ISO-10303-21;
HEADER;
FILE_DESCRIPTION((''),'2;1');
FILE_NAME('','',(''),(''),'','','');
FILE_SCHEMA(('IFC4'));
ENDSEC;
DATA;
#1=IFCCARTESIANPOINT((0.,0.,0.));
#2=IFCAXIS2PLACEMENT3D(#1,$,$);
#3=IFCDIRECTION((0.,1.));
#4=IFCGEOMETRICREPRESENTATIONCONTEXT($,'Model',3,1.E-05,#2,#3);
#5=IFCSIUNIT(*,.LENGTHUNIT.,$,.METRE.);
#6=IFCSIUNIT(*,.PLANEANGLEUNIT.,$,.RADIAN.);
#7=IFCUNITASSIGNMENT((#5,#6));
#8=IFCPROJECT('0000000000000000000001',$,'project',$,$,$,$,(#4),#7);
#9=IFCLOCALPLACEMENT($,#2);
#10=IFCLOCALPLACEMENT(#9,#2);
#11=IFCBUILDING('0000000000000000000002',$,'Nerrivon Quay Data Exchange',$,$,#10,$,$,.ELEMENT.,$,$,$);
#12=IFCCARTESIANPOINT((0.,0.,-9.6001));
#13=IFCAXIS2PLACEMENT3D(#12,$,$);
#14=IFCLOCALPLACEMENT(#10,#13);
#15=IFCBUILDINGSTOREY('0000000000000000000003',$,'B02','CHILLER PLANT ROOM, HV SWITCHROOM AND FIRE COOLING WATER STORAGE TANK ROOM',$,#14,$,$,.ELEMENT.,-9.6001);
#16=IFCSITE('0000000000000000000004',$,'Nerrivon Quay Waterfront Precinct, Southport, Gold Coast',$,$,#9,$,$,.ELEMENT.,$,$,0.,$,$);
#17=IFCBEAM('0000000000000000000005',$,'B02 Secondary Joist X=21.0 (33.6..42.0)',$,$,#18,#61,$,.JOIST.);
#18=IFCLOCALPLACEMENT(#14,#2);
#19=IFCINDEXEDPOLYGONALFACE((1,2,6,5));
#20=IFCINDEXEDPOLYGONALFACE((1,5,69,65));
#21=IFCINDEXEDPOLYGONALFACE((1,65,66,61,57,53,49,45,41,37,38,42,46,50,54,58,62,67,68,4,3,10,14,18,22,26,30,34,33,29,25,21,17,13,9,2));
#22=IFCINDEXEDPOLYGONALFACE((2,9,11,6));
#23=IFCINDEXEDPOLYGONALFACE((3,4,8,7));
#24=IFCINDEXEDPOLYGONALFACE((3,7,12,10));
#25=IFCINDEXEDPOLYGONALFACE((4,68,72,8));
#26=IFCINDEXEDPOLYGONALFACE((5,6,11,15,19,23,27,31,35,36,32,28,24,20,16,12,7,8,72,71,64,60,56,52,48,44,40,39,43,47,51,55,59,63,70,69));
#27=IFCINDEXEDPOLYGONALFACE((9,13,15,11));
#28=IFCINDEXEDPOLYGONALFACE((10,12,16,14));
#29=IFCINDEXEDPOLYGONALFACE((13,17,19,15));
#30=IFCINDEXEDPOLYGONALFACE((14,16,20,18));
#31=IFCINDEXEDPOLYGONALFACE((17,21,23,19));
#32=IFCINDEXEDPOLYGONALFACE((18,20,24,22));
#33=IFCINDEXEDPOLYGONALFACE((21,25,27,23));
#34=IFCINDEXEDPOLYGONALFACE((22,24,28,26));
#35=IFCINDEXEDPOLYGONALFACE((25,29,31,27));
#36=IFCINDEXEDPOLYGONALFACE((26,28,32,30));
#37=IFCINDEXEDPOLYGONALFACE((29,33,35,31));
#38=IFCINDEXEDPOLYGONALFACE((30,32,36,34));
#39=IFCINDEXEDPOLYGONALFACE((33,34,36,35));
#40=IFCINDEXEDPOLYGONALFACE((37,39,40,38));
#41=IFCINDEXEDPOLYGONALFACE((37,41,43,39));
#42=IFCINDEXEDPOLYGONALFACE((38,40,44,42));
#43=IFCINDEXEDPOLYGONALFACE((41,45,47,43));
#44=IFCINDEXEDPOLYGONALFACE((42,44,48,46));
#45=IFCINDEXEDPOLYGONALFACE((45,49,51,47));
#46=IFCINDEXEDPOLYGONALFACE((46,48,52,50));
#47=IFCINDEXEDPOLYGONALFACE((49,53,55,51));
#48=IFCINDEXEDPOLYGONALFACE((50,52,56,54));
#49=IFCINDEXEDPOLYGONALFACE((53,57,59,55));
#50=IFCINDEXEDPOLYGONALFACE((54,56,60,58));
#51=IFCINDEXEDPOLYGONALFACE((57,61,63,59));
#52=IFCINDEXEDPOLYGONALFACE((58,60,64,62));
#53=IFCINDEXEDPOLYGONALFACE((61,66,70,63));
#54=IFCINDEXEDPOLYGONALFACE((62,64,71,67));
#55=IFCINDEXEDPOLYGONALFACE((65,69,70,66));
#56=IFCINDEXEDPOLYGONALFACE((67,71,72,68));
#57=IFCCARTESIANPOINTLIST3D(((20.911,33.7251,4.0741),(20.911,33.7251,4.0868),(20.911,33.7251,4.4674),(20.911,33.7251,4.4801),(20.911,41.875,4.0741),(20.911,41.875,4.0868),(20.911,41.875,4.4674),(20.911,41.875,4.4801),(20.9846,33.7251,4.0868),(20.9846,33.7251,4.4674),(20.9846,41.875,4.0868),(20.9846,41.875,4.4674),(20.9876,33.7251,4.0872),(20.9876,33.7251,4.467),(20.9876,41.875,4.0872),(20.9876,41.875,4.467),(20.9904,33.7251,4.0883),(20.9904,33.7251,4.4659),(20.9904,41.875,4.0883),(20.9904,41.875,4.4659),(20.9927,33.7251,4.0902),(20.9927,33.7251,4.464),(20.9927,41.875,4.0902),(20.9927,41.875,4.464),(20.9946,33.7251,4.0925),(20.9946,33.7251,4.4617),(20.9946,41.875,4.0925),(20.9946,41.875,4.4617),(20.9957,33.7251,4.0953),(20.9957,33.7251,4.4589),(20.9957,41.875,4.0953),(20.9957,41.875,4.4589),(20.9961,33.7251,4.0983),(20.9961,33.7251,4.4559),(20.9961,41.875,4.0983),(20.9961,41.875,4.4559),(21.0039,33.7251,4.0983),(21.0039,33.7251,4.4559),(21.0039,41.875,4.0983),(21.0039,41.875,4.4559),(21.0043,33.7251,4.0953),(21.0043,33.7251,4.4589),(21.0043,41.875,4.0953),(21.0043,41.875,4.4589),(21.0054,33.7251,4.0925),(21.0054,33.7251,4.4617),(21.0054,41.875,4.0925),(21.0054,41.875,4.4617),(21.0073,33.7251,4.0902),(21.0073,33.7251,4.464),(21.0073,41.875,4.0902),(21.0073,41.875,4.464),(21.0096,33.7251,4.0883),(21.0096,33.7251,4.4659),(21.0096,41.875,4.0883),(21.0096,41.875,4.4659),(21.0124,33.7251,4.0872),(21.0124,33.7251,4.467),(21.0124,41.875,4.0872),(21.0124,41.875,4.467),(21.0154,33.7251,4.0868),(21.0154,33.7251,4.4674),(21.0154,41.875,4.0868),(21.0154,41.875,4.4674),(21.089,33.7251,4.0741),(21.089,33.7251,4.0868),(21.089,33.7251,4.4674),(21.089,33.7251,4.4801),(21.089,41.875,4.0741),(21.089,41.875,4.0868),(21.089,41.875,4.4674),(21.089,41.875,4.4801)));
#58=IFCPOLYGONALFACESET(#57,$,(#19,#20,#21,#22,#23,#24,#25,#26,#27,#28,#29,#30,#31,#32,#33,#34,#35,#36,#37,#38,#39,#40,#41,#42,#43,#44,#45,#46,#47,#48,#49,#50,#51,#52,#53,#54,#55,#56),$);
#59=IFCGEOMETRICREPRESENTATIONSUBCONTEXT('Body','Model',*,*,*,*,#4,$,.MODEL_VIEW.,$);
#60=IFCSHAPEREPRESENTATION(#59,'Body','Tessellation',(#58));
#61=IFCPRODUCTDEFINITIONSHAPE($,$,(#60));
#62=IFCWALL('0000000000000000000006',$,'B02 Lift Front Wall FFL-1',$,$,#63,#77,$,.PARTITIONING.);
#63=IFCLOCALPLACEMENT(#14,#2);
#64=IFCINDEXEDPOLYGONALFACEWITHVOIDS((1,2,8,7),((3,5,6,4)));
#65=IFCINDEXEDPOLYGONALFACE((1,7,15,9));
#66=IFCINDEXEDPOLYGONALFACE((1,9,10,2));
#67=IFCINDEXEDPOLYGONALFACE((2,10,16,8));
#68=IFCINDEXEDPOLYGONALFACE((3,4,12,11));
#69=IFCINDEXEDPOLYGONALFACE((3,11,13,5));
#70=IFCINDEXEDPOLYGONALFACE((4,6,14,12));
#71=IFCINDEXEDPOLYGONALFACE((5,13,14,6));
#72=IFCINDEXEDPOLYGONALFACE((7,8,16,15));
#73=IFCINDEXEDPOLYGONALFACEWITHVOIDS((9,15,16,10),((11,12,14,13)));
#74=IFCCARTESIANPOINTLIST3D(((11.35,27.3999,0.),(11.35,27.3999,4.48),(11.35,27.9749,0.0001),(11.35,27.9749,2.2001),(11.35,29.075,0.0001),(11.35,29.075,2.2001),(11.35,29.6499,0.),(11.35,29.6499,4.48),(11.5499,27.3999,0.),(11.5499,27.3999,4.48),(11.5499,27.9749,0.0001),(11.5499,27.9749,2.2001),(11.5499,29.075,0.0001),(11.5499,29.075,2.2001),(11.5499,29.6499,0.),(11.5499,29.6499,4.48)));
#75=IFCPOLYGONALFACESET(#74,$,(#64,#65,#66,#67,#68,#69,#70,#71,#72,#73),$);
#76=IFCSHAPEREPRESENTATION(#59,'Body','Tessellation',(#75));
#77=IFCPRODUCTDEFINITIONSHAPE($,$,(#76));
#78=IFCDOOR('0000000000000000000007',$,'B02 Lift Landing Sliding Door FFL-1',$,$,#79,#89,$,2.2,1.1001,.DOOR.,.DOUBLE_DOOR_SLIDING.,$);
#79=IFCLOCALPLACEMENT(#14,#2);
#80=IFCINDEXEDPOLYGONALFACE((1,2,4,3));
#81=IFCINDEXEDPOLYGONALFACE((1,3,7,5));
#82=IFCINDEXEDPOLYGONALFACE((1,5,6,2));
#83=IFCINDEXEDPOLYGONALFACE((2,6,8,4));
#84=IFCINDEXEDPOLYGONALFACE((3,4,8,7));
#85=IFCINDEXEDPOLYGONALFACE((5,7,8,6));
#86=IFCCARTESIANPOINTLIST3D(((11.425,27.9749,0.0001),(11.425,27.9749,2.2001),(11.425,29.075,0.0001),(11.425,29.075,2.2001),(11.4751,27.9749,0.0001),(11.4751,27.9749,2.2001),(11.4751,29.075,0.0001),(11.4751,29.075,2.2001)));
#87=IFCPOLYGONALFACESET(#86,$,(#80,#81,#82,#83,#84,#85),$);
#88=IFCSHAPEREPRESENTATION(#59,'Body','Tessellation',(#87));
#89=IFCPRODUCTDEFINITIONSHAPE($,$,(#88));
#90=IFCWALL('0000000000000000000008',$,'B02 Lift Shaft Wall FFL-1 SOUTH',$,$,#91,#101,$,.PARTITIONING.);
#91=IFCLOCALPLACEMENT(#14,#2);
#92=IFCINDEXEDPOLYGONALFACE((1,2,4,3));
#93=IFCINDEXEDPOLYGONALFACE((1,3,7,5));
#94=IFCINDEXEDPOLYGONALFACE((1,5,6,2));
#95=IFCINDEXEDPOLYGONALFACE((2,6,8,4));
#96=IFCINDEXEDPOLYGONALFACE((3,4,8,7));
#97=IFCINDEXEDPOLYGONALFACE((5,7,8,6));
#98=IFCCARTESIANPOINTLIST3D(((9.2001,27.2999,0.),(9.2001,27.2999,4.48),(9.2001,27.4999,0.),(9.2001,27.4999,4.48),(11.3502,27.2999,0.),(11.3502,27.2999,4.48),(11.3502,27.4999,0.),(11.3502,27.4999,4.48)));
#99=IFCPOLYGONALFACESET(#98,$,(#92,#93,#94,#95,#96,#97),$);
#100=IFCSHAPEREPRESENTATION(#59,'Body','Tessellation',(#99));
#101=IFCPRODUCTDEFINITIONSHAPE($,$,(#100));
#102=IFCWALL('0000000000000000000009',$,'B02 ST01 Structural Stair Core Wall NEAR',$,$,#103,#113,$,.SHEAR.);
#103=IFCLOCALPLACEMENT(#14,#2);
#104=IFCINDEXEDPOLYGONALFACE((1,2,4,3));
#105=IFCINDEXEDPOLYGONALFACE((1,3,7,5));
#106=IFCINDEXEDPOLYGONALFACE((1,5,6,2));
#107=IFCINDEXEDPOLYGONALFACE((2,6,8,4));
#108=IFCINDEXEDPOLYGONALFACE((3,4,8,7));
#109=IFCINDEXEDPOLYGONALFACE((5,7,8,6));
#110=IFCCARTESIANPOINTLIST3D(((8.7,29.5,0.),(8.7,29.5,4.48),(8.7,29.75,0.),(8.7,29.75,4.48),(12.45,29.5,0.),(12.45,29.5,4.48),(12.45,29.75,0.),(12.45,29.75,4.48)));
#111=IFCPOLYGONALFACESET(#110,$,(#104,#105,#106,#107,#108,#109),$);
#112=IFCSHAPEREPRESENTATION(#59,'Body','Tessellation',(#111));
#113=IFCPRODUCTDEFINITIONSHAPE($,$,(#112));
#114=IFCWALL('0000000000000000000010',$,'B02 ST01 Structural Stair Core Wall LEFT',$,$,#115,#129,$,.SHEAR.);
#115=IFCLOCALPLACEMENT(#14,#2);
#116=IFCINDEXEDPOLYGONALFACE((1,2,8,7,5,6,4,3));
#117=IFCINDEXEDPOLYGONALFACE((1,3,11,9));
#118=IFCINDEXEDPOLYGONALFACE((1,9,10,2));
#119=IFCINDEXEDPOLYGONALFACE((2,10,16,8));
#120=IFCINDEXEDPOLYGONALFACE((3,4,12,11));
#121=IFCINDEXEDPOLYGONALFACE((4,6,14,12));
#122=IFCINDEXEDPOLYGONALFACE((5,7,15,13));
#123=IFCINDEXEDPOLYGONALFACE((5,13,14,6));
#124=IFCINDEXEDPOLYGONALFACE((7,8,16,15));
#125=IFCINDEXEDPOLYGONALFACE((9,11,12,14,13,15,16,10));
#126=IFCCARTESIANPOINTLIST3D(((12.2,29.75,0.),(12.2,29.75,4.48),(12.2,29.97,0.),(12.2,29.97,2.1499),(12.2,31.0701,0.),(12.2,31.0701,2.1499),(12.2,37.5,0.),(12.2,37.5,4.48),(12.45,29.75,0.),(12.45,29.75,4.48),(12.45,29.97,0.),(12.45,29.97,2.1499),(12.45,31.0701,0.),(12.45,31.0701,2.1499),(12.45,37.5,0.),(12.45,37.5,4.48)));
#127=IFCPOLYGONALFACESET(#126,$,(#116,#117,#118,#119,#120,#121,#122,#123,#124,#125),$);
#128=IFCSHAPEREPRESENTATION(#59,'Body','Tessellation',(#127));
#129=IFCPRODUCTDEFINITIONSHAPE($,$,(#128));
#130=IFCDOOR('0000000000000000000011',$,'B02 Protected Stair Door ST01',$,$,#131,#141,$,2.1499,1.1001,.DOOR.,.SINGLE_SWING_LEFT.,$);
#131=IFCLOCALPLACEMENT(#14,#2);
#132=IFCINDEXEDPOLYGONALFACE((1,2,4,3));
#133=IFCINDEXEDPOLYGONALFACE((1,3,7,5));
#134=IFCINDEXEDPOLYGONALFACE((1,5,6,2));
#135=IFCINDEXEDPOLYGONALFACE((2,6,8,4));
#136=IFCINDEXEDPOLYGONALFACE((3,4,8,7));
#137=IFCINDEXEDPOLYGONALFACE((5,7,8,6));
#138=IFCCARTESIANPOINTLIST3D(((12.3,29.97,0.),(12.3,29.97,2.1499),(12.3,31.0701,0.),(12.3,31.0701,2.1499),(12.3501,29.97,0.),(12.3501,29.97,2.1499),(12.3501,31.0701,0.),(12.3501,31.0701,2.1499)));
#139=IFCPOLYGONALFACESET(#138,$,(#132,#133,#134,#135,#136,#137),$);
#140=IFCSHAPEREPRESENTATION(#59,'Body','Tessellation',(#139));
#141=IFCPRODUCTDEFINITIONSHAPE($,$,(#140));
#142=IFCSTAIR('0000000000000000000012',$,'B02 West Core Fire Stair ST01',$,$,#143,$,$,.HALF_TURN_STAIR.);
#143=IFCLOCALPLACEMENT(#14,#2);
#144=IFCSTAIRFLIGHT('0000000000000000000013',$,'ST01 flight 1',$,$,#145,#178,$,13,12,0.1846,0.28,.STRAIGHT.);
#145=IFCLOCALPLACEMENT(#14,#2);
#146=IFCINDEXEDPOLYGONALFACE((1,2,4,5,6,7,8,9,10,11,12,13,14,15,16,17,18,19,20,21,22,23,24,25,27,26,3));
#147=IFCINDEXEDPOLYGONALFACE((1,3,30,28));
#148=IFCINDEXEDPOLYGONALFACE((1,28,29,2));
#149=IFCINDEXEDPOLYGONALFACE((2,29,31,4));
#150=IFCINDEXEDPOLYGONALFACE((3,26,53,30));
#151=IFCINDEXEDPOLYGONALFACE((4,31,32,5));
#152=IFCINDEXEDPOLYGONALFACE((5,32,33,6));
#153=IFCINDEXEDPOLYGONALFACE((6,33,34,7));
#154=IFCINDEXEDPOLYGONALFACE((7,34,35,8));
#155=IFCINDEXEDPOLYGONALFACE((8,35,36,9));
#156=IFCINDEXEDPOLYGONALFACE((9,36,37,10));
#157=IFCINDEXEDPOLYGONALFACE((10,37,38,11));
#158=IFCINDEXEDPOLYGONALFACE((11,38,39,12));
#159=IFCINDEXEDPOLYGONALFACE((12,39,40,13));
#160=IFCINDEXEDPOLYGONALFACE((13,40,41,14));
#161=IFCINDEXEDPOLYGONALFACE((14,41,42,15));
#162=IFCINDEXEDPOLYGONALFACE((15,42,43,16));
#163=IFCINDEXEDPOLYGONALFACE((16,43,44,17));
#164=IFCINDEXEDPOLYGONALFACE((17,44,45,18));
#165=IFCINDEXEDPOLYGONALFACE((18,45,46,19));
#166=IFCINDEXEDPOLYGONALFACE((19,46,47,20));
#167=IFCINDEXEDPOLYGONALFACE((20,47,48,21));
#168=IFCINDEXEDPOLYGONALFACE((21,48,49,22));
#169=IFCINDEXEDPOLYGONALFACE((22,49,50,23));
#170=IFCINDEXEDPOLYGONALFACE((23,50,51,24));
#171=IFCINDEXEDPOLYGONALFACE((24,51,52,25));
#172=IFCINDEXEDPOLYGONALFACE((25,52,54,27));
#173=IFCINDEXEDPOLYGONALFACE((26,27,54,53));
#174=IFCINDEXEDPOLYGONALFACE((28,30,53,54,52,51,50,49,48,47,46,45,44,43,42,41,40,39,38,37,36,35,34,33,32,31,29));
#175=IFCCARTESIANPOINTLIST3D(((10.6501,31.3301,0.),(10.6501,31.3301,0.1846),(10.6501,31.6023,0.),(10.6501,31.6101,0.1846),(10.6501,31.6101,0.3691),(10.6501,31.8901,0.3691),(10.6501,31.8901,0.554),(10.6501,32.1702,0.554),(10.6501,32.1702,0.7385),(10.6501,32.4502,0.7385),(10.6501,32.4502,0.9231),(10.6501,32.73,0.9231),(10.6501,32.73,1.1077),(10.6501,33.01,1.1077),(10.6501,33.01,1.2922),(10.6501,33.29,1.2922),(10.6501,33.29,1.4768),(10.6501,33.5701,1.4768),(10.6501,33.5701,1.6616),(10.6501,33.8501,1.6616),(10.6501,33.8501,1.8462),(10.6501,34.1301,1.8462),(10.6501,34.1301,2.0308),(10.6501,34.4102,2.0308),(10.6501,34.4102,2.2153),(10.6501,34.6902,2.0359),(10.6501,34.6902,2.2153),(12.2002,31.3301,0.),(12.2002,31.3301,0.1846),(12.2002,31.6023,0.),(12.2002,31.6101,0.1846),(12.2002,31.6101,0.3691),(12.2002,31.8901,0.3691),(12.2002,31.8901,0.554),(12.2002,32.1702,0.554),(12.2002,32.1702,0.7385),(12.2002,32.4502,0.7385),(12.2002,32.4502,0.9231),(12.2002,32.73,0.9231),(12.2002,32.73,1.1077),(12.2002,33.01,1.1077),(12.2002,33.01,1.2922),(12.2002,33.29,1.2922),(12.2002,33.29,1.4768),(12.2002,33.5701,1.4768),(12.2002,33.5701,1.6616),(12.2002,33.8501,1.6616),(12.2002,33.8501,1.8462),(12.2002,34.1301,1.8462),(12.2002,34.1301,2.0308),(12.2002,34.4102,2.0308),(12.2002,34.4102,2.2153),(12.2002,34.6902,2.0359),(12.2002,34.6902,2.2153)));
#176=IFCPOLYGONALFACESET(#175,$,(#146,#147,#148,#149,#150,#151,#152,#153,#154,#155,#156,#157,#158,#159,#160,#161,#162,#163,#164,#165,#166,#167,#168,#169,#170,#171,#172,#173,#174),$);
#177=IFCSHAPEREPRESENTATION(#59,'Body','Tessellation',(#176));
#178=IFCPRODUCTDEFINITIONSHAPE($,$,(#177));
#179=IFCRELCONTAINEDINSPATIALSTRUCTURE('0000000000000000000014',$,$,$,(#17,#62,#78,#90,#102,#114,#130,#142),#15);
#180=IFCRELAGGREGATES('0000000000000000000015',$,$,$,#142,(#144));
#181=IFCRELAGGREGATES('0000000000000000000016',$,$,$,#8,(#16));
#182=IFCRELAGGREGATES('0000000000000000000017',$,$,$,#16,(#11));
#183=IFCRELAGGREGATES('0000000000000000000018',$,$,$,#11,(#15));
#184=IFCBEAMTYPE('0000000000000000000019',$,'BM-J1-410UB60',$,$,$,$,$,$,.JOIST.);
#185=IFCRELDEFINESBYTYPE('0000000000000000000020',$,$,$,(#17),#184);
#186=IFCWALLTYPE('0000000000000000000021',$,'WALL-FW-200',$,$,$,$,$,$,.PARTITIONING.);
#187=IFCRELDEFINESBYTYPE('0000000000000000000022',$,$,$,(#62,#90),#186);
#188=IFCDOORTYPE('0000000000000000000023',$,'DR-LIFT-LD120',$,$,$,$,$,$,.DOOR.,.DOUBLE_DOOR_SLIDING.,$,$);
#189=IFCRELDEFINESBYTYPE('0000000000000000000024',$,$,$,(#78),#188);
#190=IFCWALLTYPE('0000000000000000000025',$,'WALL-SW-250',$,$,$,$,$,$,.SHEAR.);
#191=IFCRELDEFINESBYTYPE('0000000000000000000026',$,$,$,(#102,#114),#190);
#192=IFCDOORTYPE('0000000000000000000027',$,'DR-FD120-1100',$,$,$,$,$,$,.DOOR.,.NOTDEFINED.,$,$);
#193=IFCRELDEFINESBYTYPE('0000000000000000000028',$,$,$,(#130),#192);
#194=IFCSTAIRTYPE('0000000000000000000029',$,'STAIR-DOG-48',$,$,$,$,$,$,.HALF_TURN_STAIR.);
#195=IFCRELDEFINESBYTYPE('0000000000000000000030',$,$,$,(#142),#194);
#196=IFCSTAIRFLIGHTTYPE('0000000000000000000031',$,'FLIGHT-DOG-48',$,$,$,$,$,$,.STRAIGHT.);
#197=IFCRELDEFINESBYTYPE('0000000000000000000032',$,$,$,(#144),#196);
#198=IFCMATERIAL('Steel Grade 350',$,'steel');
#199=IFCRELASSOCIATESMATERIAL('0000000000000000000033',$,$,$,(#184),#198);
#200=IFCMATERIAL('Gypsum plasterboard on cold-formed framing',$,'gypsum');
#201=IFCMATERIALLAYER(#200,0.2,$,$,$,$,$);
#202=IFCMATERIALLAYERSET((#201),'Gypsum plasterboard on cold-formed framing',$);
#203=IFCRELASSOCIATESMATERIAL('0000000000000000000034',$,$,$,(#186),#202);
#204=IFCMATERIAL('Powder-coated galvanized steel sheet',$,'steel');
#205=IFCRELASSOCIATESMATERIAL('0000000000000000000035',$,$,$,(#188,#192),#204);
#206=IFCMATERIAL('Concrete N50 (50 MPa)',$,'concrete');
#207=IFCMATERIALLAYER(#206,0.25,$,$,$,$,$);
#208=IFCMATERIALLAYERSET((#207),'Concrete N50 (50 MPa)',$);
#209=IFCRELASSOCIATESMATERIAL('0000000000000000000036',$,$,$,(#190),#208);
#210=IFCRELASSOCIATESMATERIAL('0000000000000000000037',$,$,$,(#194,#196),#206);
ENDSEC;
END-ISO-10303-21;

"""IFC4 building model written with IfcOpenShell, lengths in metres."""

from ifc_helpers import new_model, si_unit, direction, frame, frame_2d, origin, origin_2d, place, context, subcontext, project, spatial, polyline, rectangle, i_section, outline, extrude, material, layer, layer_set, material_profile, profile_set, type_object, element, fill, aggregate, save


model = new_model("IFC4")

# Units and contexts
model_context = context("Model", 3, precision=1e-05, world=origin(), true_north=direction((0.0, 1.0)))
body_context = subcontext(model_context, "Body", "Model", "MODEL_VIEW")
ifc_project = project(units=[si_unit("LENGTHUNIT", "METRE"), si_unit("PLANEANGLEUNIT", "RADIAN")], contexts=[model_context])

# Site, building, storey
site_placement = place(None, origin())
site = spatial("IfcSite", under=ifc_project, at=site_placement, Name="Nerrivon Quay Waterfront Precinct, Southport, Gold Coast", CompositionType="ELEMENT", RefElevation=0.0)
building_placement = place(site_placement, origin())
building = spatial("IfcBuilding", under=site, at=building_placement, Name="Nerrivon Quay Data Exchange", CompositionType="ELEMENT")
storey_placement = place(building_placement, frame((0.0, 0.0, -9.6001)))
storey = spatial("IfcBuildingStorey", under=building, at=storey_placement, Name="B02", Description="CHILLER PLANT ROOM, HV SWITCHROOM AND FIRE COOLING WATER STORAGE TANK ROOM", CompositionType="ELEMENT", Elevation=-9.6001)

# Shared definitions
ifc_material_1 = material(Name="Concrete N50 (50 MPa)", Category="concrete")

# Beam
ifc_material_2 = material(Name="Steel Grade 350", Category="steel")
ifc_material_profile_1 = material_profile(ifc_material_2, i_section(OverallWidth=0.178, OverallDepth=0.406, WebThickness=0.0078, FlangeThickness=0.0127, FilletRadius=0.0115, at=origin_2d()), Name="410UB59.7")
ifc_profile_set_1 = profile_set([ifc_material_profile_1], Name="Steel Grade 350")
beam_type_1 = type_object("IfcBeamType", Name="BM-J1-410UB60", PredefinedType="JOIST", material=ifc_profile_set_1)
beam_1_placement = place(storey_placement, frame((21.0, 33.7251, 4.2771), z_axis=(0.0, 1.0, 0.0), x_axis=(-1.0, 0.0, 0.0)))
element("IfcBeam", 1, at=beam_1_placement, inside=storey, type_object=beam_type_1, Name="B02 Secondary Joist X=21.0 (33.6..42.0)", PredefinedType="JOIST", context=body_context, shape_type="SweptSolid", body=[
    extrude(i_section(OverallWidth=0.178, OverallDepth=0.406, WebThickness=0.0078, FlangeThickness=0.0127, FilletRadius=0.0115, at=origin_2d()), origin(), (0.0, 0.0, 1.0), 8.1499),
])

# Wall, opening, door
ifc_material_3 = material(Name="Gypsum plasterboard on cold-formed framing", Category="gypsum")
ifc_layer_1 = layer(ifc_material_3, 0.2)
ifc_layer_set_1 = layer_set([ifc_layer_1], Name="Gypsum plasterboard on cold-formed framing")
wall_type_1 = type_object("IfcWallType", Name="WALL-FW-200", PredefinedType="PARTITIONING", material=ifc_layer_set_1)
wall_1_placement = place(storey_placement, frame((11.45, 27.3999, 0.0), z_axis=(0.0, 0.0, 1.0), x_axis=(0.0, 1.0, 0.0)))
wall_1 = element("IfcWall", 2, at=wall_1_placement, inside=storey, type_object=wall_type_1, Name="B02 Lift Front Wall FFL-1", PredefinedType="PARTITIONING", context=body_context, shape_type="SweptSolid", body=[
    extrude(rectangle(XDim=2.25, YDim=0.2, at=frame_2d((1.125, 0.0))), origin(), (0.0, 0.0, 1.0), 4.48),
])
opening_1_placement = place(wall_1_placement, frame((0.575, 0.0, 0.0)))
opening_1 = element("IfcOpeningElement", 3, at=opening_1_placement, cuts=wall_1, PredefinedType="OPENING", context=body_context, shape_type="SweptSolid", body=[
    extrude(rectangle(XDim=1.1001, YDim=2.2, at=frame_2d((0.55, 1.1001))), frame((0.0, 0.1099, 0.0), z_axis=(0.0, -1.0, 0.0), x_axis=(1.0, 0.0, 0.0)), (0.0, 0.0, 1.0), 0.22),
])
ifc_material_4 = material(Name="Powder-coated galvanized steel sheet", Category="steel")
door_type_1 = type_object("IfcDoorType", Name="DR-LIFT-LD120", OperationType="DOUBLE_DOOR_SLIDING", PredefinedType="DOOR", material=ifc_material_4)
door_1_placement = place(opening_1_placement, origin())
door_1 = element("IfcDoor", 4, at=door_1_placement, inside=storey, type_object=door_type_1, Name="B02 Lift Landing Sliding Door FFL-1", OperationType="DOUBLE_DOOR_SLIDING", OverallHeight=2.2, OverallWidth=1.1001, PredefinedType="DOOR", context=body_context, shape_type="SweptSolid", body=[
    extrude(rectangle(XDim=1.1001, YDim=2.2, at=frame_2d((0.55, 1.1001))), frame((0.0, 0.0249, 0.0), z_axis=(0.0, -1.0, 0.0), x_axis=(1.0, 0.0, 0.0)), (0.0, 0.0, 1.0), 0.05),
])
fill(opening_1, door_1)

# Walls
wall_2_placement = place(storey_placement, frame((9.2, 27.3999, 0.0), z_axis=(0.0, 0.0, 1.0), x_axis=(1.0, 0.0, 0.0)))
element("IfcWall", 5, at=wall_2_placement, inside=storey, type_object=wall_type_1, Name="B02 Lift Shaft Wall FFL-1 SOUTH", PredefinedType="PARTITIONING", context=body_context, shape_type="SweptSolid", body=[
    extrude(rectangle(XDim=2.1501, YDim=0.2, at=frame_2d((1.0752, 0.0))), origin(), (0.0, 0.0, 1.0), 4.48),
])
ifc_layer_2 = layer(ifc_material_1, 0.25)
ifc_layer_set_2 = layer_set([ifc_layer_2], Name="Concrete N50 (50 MPa)")
wall_type_2 = type_object("IfcWallType", Name="WALL-SW-250", PredefinedType="SHEAR", material=ifc_layer_set_2)
wall_3_placement = place(storey_placement, frame((12.45, 29.625, 0.0), z_axis=(0.0, 0.0, 1.0), x_axis=(-1.0, 0.0, 0.0)))
element("IfcWall", 6, at=wall_3_placement, inside=storey, type_object=wall_type_2, Name="B02 ST01 Structural Stair Core Wall NEAR", PredefinedType="SHEAR", context=body_context, shape_type="SweptSolid", body=[
    extrude(rectangle(XDim=3.75, YDim=0.25, at=frame_2d((1.875, 0.0))), origin(), (0.0, 0.0, 1.0), 4.48),
])

# Wall, opening, door
wall_4_placement = place(storey_placement, frame((12.325, 29.75, 0.0), z_axis=(0.0, 0.0, 1.0), x_axis=(0.0, 1.0, 0.0)))
wall_4 = element("IfcWall", 7, at=wall_4_placement, inside=storey, type_object=wall_type_2, Name="B02 ST01 Structural Stair Core Wall LEFT", PredefinedType="SHEAR", context=body_context, shape_type="SweptSolid", body=[
    extrude(rectangle(XDim=7.75, YDim=0.25, at=frame_2d((3.875, 0.0))), origin(), (0.0, 0.0, 1.0), 4.48),
])
opening_2_placement = place(wall_4_placement, frame((0.22, 0.0, 0.0)))
opening_2 = element("IfcOpeningElement", 8, at=opening_2_placement, cuts=wall_4, PredefinedType="OPENING", context=body_context, shape_type="SweptSolid", body=[
    extrude(rectangle(XDim=1.1001, YDim=2.1499, at=frame_2d((0.55, 1.075))), frame((0.0, 0.135, 0.0), z_axis=(0.0, -1.0, 0.0), x_axis=(1.0, 0.0, 0.0)), (0.0, 0.0, 1.0), 0.27),
])
door_type_2 = type_object("IfcDoorType", Name="DR-FD120-1100", OperationType="NOTDEFINED", PredefinedType="DOOR", material=ifc_material_4)
door_2_placement = place(opening_2_placement, origin())
door_2 = element("IfcDoor", 9, at=door_2_placement, inside=storey, type_object=door_type_2, Name="B02 Protected Stair Door ST01", OperationType="SINGLE_SWING_LEFT", OverallHeight=2.1499, OverallWidth=1.1001, PredefinedType="DOOR", context=body_context, shape_type="SweptSolid", body=[
    extrude(rectangle(XDim=1.1001, YDim=2.1499, at=frame_2d((0.55, 1.075))), frame((0.0, 0.0249, 0.0), z_axis=(0.0, -1.0, 0.0), x_axis=(1.0, 0.0, 0.0)), (0.0, 0.0, 1.0), 0.05),
])
fill(opening_2, door_2)

# Stair, stair flight
stair_type = type_object("IfcStairType", Name="STAIR-DOG-48", PredefinedType="HALF_TURN_STAIR", material=ifc_material_1)
stair_placement = place(storey_placement, origin())
stair = element("IfcStair", 10, at=stair_placement, inside=storey, type_object=stair_type, Name="B02 West Core Fire Stair ST01", PredefinedType="HALF_TURN_STAIR")
stair_flight_type = type_object("IfcStairFlightType", Name="FLIGHT-DOG-48", PredefinedType="STRAIGHT", material=ifc_material_1)
stair_flight_placement = place(storey_placement, frame((11.425, 31.3301, 0.0), z_axis=(0.0, 0.0, 1.0), x_axis=(0.0, 1.0, 0.0)))
stair_flight = element("IfcStairFlight", 11, at=stair_flight_placement, type_object=stair_flight_type, Name="ST01 flight 1", NumberOfRisers=13, NumberOfTreads=12, PredefinedType="STRAIGHT", RiserHeight=0.1846, TreadLength=0.28, context=body_context, shape_type="SweptSolid", body=[
    extrude(outline(polyline([(0.0, 0.0), (0.0, 0.1846), (0.28, 0.1846), (0.28, 0.3691), (0.5601, 0.3691), (0.5601, 0.554), (0.8401, 0.554), (0.8401, 0.7385), (1.1201, 0.7385), (1.1201, 0.9231), (1.3999, 0.9231), (1.3999, 1.1077), (1.6799, 1.1077), (1.6799, 1.2922), (1.96, 1.2922), (1.96, 1.4768), (2.24, 1.4768), (2.24, 1.6616), (2.52, 1.6616), (2.52, 1.8462), (2.8, 1.8462), (2.8, 2.0308), (3.0801, 2.0308), (3.0801, 2.2153), (3.3601, 2.2153), (3.3601, 2.3999), (3.3601, 2.0359), (0.2722, 0.0), (0.0, 0.0)])), frame((0.0, 0.7749, 0.0), z_axis=(0.0, -1.0, 0.0), x_axis=(1.0, 0.0, 0.0)), (0.0, 0.0, 1.0), 1.55),
])
aggregate(stair, [stair_flight])

save(model, "model.ifc")
